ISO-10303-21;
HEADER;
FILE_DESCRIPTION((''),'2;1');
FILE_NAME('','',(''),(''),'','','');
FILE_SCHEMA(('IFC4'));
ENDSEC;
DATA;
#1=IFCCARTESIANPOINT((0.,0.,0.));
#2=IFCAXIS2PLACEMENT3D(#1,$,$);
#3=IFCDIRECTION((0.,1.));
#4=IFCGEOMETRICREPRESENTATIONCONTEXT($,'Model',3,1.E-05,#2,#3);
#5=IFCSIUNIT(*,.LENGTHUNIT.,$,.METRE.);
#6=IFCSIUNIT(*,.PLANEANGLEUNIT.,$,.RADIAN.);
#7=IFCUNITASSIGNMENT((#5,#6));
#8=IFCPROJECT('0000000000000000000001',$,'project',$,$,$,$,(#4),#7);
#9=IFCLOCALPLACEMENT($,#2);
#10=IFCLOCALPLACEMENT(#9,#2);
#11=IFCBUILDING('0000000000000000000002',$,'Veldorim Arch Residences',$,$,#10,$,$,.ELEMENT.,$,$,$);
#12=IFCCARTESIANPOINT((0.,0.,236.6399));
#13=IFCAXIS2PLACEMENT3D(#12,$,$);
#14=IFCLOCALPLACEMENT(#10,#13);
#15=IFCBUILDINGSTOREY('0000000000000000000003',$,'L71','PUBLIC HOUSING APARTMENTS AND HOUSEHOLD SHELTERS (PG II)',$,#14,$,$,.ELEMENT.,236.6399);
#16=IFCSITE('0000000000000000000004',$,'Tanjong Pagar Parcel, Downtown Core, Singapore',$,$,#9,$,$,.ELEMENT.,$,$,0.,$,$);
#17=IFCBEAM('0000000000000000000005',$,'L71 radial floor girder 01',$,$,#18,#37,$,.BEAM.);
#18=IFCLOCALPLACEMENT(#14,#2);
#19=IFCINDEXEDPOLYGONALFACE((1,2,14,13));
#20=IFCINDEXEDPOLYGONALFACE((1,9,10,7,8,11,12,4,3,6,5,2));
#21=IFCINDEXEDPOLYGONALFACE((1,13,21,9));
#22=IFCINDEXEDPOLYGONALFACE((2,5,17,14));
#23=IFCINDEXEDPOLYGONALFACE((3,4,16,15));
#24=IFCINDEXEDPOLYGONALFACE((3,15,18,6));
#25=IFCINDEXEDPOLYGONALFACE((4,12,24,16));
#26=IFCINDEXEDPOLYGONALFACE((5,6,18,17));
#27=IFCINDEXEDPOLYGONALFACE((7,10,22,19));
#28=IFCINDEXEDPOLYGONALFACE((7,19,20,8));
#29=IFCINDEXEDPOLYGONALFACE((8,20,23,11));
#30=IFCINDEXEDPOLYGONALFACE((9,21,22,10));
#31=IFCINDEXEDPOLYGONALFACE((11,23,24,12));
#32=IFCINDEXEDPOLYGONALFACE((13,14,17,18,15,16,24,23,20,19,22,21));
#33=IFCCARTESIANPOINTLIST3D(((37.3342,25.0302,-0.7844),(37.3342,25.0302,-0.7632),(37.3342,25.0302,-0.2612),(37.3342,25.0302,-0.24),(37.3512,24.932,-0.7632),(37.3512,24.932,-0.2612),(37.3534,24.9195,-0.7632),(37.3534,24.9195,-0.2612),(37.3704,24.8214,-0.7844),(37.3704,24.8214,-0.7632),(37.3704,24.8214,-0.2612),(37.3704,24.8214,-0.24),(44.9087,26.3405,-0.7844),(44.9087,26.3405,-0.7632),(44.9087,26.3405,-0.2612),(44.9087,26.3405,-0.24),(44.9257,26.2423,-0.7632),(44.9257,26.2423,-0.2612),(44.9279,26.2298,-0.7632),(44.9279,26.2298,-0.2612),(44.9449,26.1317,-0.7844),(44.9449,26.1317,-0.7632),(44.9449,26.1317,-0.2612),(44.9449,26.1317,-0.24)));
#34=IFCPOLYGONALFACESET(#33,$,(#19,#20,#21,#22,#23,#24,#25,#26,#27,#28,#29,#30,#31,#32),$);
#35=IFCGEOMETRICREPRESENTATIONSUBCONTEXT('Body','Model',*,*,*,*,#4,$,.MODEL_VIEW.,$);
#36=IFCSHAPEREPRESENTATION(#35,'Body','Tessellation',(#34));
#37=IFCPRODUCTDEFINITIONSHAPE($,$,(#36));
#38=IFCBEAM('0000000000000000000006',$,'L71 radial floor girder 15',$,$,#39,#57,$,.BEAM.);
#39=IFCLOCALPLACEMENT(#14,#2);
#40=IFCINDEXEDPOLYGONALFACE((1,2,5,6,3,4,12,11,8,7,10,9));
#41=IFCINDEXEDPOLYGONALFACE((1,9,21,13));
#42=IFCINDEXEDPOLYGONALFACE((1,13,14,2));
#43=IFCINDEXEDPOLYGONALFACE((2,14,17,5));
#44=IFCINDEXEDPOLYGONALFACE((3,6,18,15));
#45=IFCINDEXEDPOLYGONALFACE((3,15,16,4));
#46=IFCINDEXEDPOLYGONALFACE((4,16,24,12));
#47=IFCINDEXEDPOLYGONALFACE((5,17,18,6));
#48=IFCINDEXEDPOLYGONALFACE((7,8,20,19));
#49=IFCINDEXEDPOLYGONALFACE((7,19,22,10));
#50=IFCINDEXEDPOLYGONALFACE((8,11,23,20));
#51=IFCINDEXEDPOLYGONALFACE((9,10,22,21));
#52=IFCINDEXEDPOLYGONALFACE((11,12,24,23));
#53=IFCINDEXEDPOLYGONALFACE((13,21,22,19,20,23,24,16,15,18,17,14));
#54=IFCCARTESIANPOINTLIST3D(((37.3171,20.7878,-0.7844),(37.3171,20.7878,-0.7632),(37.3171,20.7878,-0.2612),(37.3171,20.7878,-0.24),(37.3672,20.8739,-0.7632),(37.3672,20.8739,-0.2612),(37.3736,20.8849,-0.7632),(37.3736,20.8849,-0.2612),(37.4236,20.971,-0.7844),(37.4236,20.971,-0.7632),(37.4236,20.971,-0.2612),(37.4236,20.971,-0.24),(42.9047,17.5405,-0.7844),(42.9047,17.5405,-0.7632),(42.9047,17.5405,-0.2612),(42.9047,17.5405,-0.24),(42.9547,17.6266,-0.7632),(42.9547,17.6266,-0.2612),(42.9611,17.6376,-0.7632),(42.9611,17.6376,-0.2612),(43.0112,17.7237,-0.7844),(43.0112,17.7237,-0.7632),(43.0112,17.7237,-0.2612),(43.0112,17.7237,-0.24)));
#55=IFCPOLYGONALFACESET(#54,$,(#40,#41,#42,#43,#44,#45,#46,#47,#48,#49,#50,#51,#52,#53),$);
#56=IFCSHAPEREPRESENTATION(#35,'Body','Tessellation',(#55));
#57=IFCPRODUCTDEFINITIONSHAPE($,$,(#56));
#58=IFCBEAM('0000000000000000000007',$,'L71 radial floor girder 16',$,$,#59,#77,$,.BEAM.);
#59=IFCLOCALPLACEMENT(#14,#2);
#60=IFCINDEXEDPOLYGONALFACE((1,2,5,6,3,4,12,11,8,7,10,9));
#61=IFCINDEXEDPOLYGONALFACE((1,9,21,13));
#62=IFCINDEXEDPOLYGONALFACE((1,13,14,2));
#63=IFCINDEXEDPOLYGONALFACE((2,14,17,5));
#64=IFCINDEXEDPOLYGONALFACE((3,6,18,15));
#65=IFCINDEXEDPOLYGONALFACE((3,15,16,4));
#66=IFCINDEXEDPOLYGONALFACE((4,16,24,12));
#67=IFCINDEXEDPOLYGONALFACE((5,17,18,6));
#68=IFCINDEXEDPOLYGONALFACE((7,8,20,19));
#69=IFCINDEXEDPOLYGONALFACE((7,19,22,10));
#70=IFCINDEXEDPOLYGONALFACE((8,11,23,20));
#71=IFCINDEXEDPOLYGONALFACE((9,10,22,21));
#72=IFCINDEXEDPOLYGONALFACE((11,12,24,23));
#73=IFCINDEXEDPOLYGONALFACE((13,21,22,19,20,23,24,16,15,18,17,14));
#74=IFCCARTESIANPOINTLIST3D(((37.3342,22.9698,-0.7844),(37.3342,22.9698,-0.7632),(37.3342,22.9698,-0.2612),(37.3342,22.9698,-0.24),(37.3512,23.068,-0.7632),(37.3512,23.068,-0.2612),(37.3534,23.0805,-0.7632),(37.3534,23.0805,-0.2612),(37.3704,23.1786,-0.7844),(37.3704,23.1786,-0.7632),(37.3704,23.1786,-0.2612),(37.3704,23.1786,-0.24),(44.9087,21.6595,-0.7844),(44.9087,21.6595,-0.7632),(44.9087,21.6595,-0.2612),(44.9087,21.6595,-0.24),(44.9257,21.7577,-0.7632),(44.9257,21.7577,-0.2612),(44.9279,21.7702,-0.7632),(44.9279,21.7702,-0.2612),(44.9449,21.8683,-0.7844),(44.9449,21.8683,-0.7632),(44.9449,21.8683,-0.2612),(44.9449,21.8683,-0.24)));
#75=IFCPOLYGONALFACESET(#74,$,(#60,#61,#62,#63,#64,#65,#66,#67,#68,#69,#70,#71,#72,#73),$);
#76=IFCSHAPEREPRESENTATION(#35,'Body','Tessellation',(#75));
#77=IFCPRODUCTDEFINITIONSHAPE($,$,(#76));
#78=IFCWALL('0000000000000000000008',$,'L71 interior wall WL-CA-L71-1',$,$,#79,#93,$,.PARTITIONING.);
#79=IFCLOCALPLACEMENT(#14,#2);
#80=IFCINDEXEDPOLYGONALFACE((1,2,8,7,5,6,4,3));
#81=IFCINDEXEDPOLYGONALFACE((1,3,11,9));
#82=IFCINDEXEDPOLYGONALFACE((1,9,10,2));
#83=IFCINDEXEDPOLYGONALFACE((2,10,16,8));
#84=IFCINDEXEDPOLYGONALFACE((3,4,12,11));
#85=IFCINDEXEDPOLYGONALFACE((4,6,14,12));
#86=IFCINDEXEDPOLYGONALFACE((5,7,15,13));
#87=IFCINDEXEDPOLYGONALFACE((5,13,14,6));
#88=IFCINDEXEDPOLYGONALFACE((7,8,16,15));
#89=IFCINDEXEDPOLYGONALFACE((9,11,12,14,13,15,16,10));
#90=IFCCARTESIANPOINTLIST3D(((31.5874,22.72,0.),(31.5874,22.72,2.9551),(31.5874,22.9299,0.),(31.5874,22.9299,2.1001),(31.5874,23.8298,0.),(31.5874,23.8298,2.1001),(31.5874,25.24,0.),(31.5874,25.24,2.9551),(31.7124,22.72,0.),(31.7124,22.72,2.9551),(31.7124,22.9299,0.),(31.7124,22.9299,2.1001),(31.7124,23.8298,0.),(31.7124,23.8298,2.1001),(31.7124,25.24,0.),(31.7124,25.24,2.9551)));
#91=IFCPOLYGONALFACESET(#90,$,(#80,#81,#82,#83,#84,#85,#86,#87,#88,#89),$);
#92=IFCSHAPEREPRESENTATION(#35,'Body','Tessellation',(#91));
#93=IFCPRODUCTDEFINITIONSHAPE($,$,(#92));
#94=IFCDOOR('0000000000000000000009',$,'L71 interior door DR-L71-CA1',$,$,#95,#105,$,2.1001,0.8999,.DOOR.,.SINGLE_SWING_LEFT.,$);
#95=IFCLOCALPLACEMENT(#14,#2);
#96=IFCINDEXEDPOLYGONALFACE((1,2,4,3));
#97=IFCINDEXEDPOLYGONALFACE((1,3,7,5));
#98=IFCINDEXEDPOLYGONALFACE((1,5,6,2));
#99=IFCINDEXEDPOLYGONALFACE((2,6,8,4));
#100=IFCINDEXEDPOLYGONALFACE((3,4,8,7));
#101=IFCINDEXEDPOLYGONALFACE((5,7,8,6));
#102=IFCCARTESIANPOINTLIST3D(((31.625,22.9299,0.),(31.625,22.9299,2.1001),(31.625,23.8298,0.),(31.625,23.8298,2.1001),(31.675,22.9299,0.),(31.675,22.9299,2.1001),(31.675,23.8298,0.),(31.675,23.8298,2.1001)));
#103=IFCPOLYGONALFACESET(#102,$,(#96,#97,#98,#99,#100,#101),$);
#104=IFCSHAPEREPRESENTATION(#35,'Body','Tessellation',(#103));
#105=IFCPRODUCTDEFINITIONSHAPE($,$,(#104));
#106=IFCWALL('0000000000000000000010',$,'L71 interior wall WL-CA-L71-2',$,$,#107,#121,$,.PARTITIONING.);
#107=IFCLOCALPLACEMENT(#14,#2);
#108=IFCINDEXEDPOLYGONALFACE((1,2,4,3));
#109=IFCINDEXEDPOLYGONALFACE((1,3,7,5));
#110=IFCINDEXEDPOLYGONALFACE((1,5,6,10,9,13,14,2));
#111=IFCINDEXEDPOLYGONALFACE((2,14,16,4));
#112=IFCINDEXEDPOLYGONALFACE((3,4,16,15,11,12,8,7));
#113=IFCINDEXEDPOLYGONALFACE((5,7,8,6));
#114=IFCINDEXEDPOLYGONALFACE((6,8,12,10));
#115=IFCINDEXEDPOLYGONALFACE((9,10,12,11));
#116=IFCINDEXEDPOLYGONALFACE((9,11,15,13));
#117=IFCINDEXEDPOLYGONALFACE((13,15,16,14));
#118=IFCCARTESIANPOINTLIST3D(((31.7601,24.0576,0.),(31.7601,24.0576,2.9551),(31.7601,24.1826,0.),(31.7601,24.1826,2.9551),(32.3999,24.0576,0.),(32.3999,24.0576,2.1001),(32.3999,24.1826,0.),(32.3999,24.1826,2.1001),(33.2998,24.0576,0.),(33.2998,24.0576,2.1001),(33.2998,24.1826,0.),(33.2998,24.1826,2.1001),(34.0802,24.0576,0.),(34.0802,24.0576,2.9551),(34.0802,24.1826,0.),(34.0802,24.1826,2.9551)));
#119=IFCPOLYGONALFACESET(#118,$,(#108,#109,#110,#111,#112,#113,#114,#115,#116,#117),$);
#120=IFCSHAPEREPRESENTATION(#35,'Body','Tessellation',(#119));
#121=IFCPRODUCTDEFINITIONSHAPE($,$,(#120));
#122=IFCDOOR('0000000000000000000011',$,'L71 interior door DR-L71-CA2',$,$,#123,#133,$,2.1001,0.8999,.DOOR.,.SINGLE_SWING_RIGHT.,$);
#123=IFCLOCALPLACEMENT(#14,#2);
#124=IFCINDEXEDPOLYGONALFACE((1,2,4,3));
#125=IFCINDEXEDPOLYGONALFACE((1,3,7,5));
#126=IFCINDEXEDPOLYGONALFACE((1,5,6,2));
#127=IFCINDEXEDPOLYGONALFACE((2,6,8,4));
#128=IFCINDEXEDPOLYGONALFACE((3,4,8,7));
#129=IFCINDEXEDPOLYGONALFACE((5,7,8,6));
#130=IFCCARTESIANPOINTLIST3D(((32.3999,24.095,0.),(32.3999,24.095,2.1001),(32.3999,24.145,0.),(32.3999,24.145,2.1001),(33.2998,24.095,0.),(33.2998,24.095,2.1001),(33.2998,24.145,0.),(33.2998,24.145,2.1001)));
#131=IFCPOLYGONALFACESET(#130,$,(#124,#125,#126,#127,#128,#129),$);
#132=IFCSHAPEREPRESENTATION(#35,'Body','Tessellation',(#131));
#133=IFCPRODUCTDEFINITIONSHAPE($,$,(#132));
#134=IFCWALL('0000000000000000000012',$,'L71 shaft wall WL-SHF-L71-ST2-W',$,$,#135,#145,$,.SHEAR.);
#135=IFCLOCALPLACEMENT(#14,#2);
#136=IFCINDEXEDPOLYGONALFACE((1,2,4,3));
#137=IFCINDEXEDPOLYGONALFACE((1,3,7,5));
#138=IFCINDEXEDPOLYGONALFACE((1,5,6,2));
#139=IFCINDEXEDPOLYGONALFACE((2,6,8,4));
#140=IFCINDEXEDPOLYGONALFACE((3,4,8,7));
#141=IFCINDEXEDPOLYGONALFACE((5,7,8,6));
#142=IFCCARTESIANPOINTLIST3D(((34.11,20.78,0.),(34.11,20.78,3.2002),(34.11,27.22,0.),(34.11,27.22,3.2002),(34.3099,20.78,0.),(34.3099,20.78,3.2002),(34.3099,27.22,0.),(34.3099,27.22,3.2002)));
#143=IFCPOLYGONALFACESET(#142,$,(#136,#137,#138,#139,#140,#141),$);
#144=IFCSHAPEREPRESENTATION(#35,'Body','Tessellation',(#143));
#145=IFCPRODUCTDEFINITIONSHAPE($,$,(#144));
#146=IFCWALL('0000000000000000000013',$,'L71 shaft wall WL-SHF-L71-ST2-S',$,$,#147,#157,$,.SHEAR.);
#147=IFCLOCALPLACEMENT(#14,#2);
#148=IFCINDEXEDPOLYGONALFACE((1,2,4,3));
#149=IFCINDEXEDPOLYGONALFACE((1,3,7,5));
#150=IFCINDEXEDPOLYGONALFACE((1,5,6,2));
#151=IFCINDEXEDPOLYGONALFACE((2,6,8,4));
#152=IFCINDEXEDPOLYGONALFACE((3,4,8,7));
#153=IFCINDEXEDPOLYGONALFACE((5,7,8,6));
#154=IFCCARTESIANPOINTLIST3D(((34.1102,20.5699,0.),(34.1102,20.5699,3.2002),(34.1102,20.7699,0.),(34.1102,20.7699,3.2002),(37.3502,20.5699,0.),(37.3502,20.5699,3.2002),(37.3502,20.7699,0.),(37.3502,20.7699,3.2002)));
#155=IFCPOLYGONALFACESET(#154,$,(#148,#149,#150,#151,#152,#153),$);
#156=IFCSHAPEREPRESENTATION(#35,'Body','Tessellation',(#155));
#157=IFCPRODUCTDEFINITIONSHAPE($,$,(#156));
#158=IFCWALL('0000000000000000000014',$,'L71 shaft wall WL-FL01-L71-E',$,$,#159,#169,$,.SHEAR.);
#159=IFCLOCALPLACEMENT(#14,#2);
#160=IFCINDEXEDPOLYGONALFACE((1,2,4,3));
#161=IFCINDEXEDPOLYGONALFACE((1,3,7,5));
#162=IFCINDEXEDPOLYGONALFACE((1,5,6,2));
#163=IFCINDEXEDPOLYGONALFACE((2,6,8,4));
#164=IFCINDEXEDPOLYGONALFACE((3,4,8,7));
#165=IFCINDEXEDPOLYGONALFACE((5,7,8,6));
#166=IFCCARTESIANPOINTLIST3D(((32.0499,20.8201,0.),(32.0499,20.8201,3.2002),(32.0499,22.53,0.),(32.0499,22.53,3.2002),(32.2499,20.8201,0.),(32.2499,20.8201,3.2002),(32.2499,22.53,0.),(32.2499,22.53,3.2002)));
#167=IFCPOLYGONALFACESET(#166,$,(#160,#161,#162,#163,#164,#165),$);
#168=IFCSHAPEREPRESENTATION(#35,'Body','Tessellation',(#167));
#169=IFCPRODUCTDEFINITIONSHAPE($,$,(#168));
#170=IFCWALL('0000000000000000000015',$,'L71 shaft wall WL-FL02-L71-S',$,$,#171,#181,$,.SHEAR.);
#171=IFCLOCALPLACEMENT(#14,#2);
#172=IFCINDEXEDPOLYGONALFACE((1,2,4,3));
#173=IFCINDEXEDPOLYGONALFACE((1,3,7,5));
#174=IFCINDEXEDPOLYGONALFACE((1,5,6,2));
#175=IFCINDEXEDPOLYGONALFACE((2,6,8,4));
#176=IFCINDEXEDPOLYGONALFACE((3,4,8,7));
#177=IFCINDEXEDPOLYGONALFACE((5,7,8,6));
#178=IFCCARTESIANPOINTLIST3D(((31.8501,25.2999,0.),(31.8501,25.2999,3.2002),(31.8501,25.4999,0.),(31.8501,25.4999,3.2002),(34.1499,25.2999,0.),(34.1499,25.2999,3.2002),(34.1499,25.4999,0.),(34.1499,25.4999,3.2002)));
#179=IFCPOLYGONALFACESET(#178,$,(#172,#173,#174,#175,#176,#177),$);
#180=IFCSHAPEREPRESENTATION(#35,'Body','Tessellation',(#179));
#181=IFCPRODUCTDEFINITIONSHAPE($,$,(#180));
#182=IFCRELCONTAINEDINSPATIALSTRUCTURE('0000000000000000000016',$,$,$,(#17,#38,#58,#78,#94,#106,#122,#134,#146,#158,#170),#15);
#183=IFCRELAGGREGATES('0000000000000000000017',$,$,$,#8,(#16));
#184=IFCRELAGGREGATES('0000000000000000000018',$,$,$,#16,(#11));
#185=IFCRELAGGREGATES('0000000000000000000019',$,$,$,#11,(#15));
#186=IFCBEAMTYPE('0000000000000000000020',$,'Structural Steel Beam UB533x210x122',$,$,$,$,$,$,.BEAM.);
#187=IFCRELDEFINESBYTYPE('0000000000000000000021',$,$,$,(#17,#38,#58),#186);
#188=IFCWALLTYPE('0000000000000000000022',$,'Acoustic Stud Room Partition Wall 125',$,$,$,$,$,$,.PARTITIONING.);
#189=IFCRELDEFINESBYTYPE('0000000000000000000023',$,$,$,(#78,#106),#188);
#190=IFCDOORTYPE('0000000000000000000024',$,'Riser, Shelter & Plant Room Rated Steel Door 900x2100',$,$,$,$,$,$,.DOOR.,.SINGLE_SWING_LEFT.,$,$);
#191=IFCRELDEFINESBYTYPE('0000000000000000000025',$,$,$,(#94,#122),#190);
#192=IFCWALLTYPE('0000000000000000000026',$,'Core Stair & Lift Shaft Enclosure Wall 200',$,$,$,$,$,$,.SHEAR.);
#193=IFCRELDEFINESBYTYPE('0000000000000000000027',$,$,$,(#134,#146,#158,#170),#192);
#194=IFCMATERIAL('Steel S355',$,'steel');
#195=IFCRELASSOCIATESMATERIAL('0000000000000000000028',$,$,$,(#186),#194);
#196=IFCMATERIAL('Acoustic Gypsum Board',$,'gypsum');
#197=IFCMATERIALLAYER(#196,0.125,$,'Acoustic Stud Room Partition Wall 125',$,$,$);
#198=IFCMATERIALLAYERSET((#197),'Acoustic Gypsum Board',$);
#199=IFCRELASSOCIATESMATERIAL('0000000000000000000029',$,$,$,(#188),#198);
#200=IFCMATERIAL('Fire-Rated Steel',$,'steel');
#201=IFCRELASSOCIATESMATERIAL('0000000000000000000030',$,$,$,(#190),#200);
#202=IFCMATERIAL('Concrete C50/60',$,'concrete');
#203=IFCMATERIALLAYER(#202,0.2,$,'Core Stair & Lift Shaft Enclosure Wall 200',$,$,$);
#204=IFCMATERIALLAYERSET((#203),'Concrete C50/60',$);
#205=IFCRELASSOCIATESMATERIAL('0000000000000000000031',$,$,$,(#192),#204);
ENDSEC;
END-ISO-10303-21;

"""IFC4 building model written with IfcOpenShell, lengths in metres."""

from ifc_helpers import new_model, si_unit, direction, frame, frame_2d, origin, origin_2d, place, context, subcontext, project, spatial, rectangle, i_section, extrude, material, layer, layer_set, material_profile, profile_set, type_object, element, fill, save


model = new_model("IFC4")

# Units and contexts
model_context = context("Model", 3, precision=1e-05, world=origin(), true_north=direction((0.0, 1.0)))
body_context = subcontext(model_context, "Body", "Model", "MODEL_VIEW")
ifc_project = project(units=[si_unit("LENGTHUNIT", "METRE"), si_unit("PLANEANGLEUNIT", "RADIAN")], contexts=[model_context])

# Site, building, storey
site_placement = place(None, origin())
site = spatial("IfcSite", under=ifc_project, at=site_placement, Name="Tanjong Pagar Parcel, Downtown Core, Singapore", CompositionType="ELEMENT", RefElevation=0.0)
building_placement = place(site_placement, origin())
building = spatial("IfcBuilding", under=site, at=building_placement, Name="Veldorim Arch Residences", CompositionType="ELEMENT")
storey_placement = place(building_placement, frame((0.0, 0.0, 236.6399)))
storey = spatial("IfcBuildingStorey", under=building, at=storey_placement, Name="L71", Description="PUBLIC HOUSING APARTMENTS AND HOUSEHOLD SHELTERS (PG II)", CompositionType="ELEMENT", Elevation=236.6399)

# Beams
ifc_material_1 = material(Name="Steel S355", Category="steel")
ifc_material_profile = material_profile(ifc_material_1, i_section(OverallWidth=0.2119, OverallDepth=0.5444, WebThickness=0.0127, FlangeThickness=0.0212, at=origin_2d()), Name="UB533x210x122")
ifc_profile_set = profile_set([ifc_material_profile], Name="Steel S355")
beam_type = type_object("IfcBeamType", Name="Structural Steel Beam UB533x210x122", PredefinedType="BEAM", material=ifc_profile_set)
beam_1_placement = place(storey_placement, frame((37.3523, 24.9258, -0.5122), z_axis=(0.985365, 0.170458, 0.0), x_axis=(-0.170458, 0.985365, 0.0)))
element("IfcBeam", 1, at=beam_1_placement, inside=storey, type_object=beam_type, Name="L71 radial floor girder 01", PredefinedType="BEAM", context=body_context, shape_type="SweptSolid", body=[
    extrude(i_section(OverallWidth=0.2119, OverallDepth=0.5444, WebThickness=0.0127, FlangeThickness=0.0212, at=origin_2d()), origin(), (0.0, 0.0, 1.0), 7.687),
])
beam_2_placement = place(storey_placement, frame((37.3704, 20.8794, -0.5122), z_axis=(0.864596, -0.502468, 0.0), x_axis=(0.502468, 0.864596, 0.0)))
element("IfcBeam", 2, at=beam_2_placement, inside=storey, type_object=beam_type, Name="L71 radial floor girder 15", PredefinedType="BEAM", context=body_context, shape_type="SweptSolid", body=[
    extrude(i_section(OverallWidth=0.2119, OverallDepth=0.5444, WebThickness=0.0127, FlangeThickness=0.0212, at=origin_2d()), origin(), (0.0, 0.0, 1.0), 6.4626),
])
beam_3_placement = place(storey_placement, frame((37.3523, 23.0742, -0.5122), z_axis=(0.985365, -0.170458, 0.0), x_axis=(0.170458, 0.985365, 0.0)))
element("IfcBeam", 3, at=beam_3_placement, inside=storey, type_object=beam_type, Name="L71 radial floor girder 16", PredefinedType="BEAM", context=body_context, shape_type="SweptSolid", body=[
    extrude(i_section(OverallWidth=0.2119, OverallDepth=0.5444, WebThickness=0.0127, FlangeThickness=0.0212, at=origin_2d()), origin(), (0.0, 0.0, 1.0), 7.687),
])

# Walls, openings, doors
ifc_material_2 = material(Name="Acoustic Gypsum Board", Category="gypsum")
ifc_layer_1 = layer(ifc_material_2, 0.125, Name="Acoustic Stud Room Partition Wall 125")
ifc_layer_set_1 = layer_set([ifc_layer_1], Name="Acoustic Gypsum Board")
wall_type_1 = type_object("IfcWallType", Name="Acoustic Stud Room Partition Wall 125", PredefinedType="PARTITIONING", material=ifc_layer_set_1)
wall_1_placement = place(storey_placement, frame((31.6499, 22.72, 0.0), z_axis=(0.0, 0.0, 1.0), x_axis=(0.0, 1.0, 0.0)))
wall_1 = element("IfcWall", 4, at=wall_1_placement, inside=storey, type_object=wall_type_1, Name="L71 interior wall WL-CA-L71-1", PredefinedType="PARTITIONING", context=body_context, shape_type="SweptSolid", body=[
    extrude(rectangle(XDim=2.52, YDim=0.125, at=frame_2d((1.26, 0.0))), origin(), (0.0, 0.0, 1.0), 2.9551),
])
opening_1_placement = place(wall_1_placement, frame((0.21, 0.0, 0.0)))
opening_1 = element("IfcOpeningElement", 5, at=opening_1_placement, cuts=wall_1, PredefinedType="OPENING", context=body_context, shape_type="SweptSolid", body=[
    extrude(rectangle(XDim=0.8999, YDim=2.1001, at=frame_2d((0.45, 1.05))), frame((0.0, 0.0725, 0.0), z_axis=(0.0, -1.0, 0.0), x_axis=(1.0, 0.0, 0.0)), (0.0, 0.0, 1.0), 0.145),
])
ifc_material_3 = material(Name="Fire-Rated Steel", Category="steel")
door_type = type_object("IfcDoorType", Name="Riser, Shelter & Plant Room Rated Steel Door 900x2100", OperationType="SINGLE_SWING_LEFT", PredefinedType="DOOR", material=ifc_material_3)
door_1_placement = place(opening_1_placement, origin())
door_1 = element("IfcDoor", 6, at=door_1_placement, inside=storey, type_object=door_type, Name="L71 interior door DR-L71-CA1", OperationType="SINGLE_SWING_LEFT", OverallHeight=2.1001, OverallWidth=0.8999, PredefinedType="DOOR", context=body_context, shape_type="SweptSolid", body=[
    extrude(rectangle(XDim=0.8999, YDim=2.1001, at=frame_2d((0.45, 1.05))), frame((0.0, 0.0249, 0.0), z_axis=(0.0, -1.0, 0.0), x_axis=(1.0, 0.0, 0.0)), (0.0, 0.0, 1.0), 0.05),
])
fill(opening_1, door_1)
wall_2_placement = place(storey_placement, frame((31.76, 24.1201, 0.0), z_axis=(0.0, 0.0, 1.0), x_axis=(1.0, 0.0, 0.0)))
wall_2 = element("IfcWall", 7, at=wall_2_placement, inside=storey, type_object=wall_type_1, Name="L71 interior wall WL-CA-L71-2", PredefinedType="PARTITIONING", context=body_context, shape_type="SweptSolid", body=[
    extrude(rectangle(XDim=2.3201, YDim=0.125, at=frame_2d((1.1602, 0.0))), origin(), (0.0, 0.0, 1.0), 2.9551),
])
opening_2_placement = place(wall_2_placement, frame((0.6399, 0.0, 0.0)))
opening_2 = element("IfcOpeningElement", 8, at=opening_2_placement, cuts=wall_2, PredefinedType="OPENING", context=body_context, shape_type="SweptSolid", body=[
    extrude(rectangle(XDim=0.8999, YDim=2.1001, at=frame_2d((0.45, 1.05))), frame((0.0, 0.0725, 0.0), z_axis=(0.0, -1.0, 0.0), x_axis=(1.0, 0.0, 0.0)), (0.0, 0.0, 1.0), 0.145),
])
door_2_placement = place(opening_2_placement, origin())
door_2 = element("IfcDoor", 9, at=door_2_placement, inside=storey, type_object=door_type, Name="L71 interior door DR-L71-CA2", OperationType="SINGLE_SWING_RIGHT", OverallHeight=2.1001, OverallWidth=0.8999, PredefinedType="DOOR", context=body_context, shape_type="SweptSolid", body=[
    extrude(rectangle(XDim=0.8999, YDim=2.1001, at=frame_2d((0.45, 1.05))), frame((0.0, 0.0249, 0.0), z_axis=(0.0, -1.0, 0.0), x_axis=(1.0, 0.0, 0.0)), (0.0, 0.0, 1.0), 0.05),
])
fill(opening_2, door_2)

# Walls
ifc_material_4 = material(Name="Concrete C50/60", Category="concrete")
ifc_layer_2 = layer(ifc_material_4, 0.2, Name="Core Stair & Lift Shaft Enclosure Wall 200")
ifc_layer_set_2 = layer_set([ifc_layer_2], Name="Concrete C50/60")
wall_type_2 = type_object("IfcWallType", Name="Core Stair & Lift Shaft Enclosure Wall 200", PredefinedType="SHEAR", material=ifc_layer_set_2)
wall_3_placement = place(storey_placement, frame((34.21, 20.78, 0.0), z_axis=(0.0, 0.0, 1.0), x_axis=(0.0, 1.0, 0.0)))
element("IfcWall", 10, at=wall_3_placement, inside=storey, type_object=wall_type_2, Name="L71 shaft wall WL-SHF-L71-ST2-W", PredefinedType="SHEAR", context=body_context, shape_type="SweptSolid", body=[
    extrude(rectangle(XDim=6.4399, YDim=0.2, at=frame_2d((3.22, 0.0))), origin(), (0.0, 0.0, 1.0), 3.2002),
])
wall_4_placement = place(storey_placement, frame((34.1101, 20.6699, 0.0), z_axis=(0.0, 0.0, 1.0), x_axis=(1.0, 0.0, 0.0)))
element("IfcWall", 11, at=wall_4_placement, inside=storey, type_object=wall_type_2, Name="L71 shaft wall WL-SHF-L71-ST2-S", PredefinedType="SHEAR", context=body_context, shape_type="SweptSolid", body=[
    extrude(rectangle(XDim=3.24, YDim=0.2, at=frame_2d((1.6201, 0.0))), origin(), (0.0, 0.0, 1.0), 3.2002),
])
wall_5_placement = place(storey_placement, frame((32.1499, 20.8201, 0.0), z_axis=(0.0, 0.0, 1.0), x_axis=(0.0, 1.0, 0.0)))
element("IfcWall", 12, at=wall_5_placement, inside=storey, type_object=wall_type_2, Name="L71 shaft wall WL-FL01-L71-E", PredefinedType="SHEAR", context=body_context, shape_type="SweptSolid", body=[
    extrude(rectangle(XDim=1.71, YDim=0.2, at=frame_2d((0.855, 0.0))), origin(), (0.0, 0.0, 1.0), 3.2002),
])
wall_6_placement = place(storey_placement, frame((31.8501, 25.3999, 0.0), z_axis=(0.0, 0.0, 1.0), x_axis=(1.0, 0.0, 0.0)))
element("IfcWall", 13, at=wall_6_placement, inside=storey, type_object=wall_type_2, Name="L71 shaft wall WL-FL02-L71-S", PredefinedType="SHEAR", context=body_context, shape_type="SweptSolid", body=[
    extrude(rectangle(XDim=2.2998, YDim=0.2, at=frame_2d((1.1499, 0.0))), origin(), (0.0, 0.0, 1.0), 3.2002),
])

save(model, "model.ifc")
